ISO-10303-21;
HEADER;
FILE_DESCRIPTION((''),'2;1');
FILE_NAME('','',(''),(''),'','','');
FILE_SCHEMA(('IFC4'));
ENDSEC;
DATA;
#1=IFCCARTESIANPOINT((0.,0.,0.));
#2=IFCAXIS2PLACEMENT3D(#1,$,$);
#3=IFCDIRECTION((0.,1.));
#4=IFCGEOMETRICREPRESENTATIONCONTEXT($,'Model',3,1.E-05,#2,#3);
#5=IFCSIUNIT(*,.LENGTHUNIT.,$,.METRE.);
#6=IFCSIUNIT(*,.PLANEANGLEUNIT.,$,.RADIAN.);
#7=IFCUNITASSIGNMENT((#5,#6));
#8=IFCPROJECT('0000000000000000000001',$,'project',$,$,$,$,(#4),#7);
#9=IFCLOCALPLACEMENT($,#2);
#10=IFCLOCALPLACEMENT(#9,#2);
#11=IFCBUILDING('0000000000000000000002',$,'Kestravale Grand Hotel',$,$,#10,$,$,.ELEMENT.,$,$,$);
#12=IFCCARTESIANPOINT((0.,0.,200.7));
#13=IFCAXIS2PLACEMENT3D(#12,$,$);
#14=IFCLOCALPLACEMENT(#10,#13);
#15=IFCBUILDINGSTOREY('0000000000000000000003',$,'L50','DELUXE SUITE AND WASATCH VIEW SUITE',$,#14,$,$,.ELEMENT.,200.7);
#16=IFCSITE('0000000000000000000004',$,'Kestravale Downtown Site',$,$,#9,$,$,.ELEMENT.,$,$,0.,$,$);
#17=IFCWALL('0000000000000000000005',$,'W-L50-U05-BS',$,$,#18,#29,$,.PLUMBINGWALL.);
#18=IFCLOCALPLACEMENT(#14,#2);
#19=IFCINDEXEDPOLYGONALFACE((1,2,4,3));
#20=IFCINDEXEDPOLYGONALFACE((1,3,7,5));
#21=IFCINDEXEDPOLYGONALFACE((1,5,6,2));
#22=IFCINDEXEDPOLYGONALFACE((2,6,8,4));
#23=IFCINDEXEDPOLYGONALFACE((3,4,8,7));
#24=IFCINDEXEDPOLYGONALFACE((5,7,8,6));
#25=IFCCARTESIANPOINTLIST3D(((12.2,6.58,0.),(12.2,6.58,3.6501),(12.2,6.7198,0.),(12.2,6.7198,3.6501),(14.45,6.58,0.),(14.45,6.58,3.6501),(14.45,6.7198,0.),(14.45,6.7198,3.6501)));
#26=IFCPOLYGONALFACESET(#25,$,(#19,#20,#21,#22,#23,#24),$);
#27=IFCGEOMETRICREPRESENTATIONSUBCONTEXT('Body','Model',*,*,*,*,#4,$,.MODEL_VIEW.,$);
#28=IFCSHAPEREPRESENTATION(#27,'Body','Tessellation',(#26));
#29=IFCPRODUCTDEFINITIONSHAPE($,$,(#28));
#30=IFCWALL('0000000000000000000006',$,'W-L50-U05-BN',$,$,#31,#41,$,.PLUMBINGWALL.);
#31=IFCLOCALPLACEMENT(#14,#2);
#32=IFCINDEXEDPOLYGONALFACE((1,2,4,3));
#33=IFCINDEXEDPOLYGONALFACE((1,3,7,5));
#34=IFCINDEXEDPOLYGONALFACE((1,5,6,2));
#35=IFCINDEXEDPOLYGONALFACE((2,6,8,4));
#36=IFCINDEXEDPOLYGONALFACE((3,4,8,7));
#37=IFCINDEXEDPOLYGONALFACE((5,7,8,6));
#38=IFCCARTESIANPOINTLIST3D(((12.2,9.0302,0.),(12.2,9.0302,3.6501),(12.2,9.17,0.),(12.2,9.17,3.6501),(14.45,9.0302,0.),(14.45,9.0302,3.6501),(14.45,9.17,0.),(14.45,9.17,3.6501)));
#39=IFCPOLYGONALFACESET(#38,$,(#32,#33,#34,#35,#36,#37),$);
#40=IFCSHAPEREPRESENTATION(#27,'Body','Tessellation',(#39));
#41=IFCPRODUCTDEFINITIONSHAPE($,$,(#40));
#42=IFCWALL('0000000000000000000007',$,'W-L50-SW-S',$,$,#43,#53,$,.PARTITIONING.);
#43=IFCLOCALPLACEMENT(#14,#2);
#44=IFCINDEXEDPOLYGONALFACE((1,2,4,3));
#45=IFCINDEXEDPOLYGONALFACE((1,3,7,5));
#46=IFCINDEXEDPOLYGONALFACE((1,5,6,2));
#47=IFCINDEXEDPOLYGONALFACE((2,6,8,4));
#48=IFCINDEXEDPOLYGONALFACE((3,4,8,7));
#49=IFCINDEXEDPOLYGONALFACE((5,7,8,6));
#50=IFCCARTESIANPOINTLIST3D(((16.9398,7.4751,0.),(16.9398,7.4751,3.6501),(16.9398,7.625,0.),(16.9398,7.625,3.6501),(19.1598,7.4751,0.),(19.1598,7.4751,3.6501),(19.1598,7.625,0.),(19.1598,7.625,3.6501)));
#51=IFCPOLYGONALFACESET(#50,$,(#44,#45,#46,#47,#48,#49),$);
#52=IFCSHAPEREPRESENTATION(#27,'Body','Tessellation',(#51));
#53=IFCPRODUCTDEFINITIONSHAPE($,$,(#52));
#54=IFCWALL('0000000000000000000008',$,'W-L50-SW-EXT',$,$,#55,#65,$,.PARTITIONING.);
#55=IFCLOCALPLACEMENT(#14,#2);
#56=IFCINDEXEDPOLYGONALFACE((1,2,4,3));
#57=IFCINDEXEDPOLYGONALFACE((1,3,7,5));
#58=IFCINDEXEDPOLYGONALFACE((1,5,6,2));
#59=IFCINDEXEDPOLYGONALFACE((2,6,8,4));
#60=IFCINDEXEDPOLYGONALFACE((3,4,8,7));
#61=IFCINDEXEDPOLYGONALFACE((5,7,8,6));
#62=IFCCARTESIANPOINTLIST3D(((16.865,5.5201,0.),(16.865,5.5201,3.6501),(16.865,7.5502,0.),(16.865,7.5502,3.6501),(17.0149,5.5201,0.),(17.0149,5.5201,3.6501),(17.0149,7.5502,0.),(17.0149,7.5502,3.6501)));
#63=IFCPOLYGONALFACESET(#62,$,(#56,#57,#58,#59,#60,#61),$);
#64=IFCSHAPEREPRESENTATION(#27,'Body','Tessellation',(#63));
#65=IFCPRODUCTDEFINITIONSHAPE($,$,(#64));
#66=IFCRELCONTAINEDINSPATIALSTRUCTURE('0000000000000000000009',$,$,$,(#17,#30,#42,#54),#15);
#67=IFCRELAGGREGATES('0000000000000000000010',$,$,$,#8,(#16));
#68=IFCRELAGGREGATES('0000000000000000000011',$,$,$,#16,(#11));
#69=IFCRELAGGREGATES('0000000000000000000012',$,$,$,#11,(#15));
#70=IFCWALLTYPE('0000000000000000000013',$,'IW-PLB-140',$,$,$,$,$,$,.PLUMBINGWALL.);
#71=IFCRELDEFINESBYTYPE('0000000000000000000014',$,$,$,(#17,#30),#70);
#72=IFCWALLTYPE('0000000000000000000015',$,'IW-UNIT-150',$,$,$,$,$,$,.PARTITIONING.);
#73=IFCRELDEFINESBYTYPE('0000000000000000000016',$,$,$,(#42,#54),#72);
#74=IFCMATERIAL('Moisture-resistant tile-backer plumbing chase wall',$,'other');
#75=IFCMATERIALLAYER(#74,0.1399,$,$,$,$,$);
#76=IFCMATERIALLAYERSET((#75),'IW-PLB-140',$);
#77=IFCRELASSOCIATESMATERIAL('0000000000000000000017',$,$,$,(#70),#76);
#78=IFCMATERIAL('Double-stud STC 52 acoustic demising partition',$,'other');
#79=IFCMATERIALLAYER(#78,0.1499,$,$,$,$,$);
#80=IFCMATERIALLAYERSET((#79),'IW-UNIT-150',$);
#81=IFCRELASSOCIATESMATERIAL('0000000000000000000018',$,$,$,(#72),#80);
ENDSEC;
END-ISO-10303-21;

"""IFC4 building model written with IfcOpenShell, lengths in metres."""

from ifc_helpers import new_model, si_unit, direction, frame, frame_2d, origin, place, context, subcontext, project, spatial, rectangle, extrude, material, layer, layer_set, type_object, element, save


model = new_model("IFC4")

# Units and contexts
model_context = context("Model", 3, precision=1e-05, world=origin(), true_north=direction((0.0, 1.0)))
body_context = subcontext(model_context, "Body", "Model", "MODEL_VIEW")
ifc_project = project(units=[si_unit("LENGTHUNIT", "METRE"), si_unit("PLANEANGLEUNIT", "RADIAN")], contexts=[model_context])

# Site, building, storey
site_placement = place(None, origin())
site = spatial("IfcSite", under=ifc_project, at=site_placement, Name="Kestravale Downtown Site", CompositionType="ELEMENT", RefElevation=0.0)
building_placement = place(site_placement, origin())
building = spatial("IfcBuilding", under=site, at=building_placement, Name="Kestravale Grand Hotel", CompositionType="ELEMENT")
storey_placement = place(building_placement, frame((0.0, 0.0, 200.7)))
storey = spatial("IfcBuildingStorey", under=building, at=storey_placement, Name="L50", Description="DELUXE SUITE AND WASATCH VIEW SUITE", CompositionType="ELEMENT", Elevation=200.7)

# Shared definitions
ifc_material_1 = material(Name="Moisture-resistant tile-backer plumbing chase wall", Category="other")
ifc_layer_1 = layer(ifc_material_1, 0.1399)
ifc_layer_set_1 = layer_set([ifc_layer_1], Name="IW-PLB-140")
wall_type_1 = type_object("IfcWallType", Name="IW-PLB-140", PredefinedType="PLUMBINGWALL", material=ifc_layer_set_1)

# Walls
for number, where, z_axis, x_axis, name in (
    (1, (12.2, 6.6499, 0.0), (0.0, 0.0, 1.0), (1.0, 0.0, 0.0), "W-L50-U05-BS"),
    (2, (12.2, 9.1001, 0.0), (0.0, 0.0, 1.0), (1.0, 0.0, 0.0), "W-L50-U05-BN"),
):
    element("IfcWall", number, at=place(storey_placement, frame(where, z_axis=z_axis, x_axis=x_axis)), inside=storey, type_object=wall_type_1, Name=name, PredefinedType="PLUMBINGWALL", context=body_context, shape_type="SweptSolid", body=[
        extrude(rectangle(XDim=2.25, YDim=0.1399, at=frame_2d((1.125, 0.0))), origin(), (0.0, 0.0, 1.0), 3.6501),
    ])
ifc_material_2 = material(Name="Double-stud STC 52 acoustic demising partition", Category="other")
ifc_layer_2 = layer(ifc_material_2, 0.1499)
ifc_layer_set_2 = layer_set([ifc_layer_2], Name="IW-UNIT-150")
wall_type_2 = type_object("IfcWallType", Name="IW-UNIT-150", PredefinedType="PARTITIONING", material=ifc_layer_set_2)
wall_1_placement = place(storey_placement, frame((16.9399, 7.55, 0.0), z_axis=(0.0, 0.0, 1.0), x_axis=(1.0, 0.0, 0.0)))
element("IfcWall", 3, at=wall_1_placement, inside=storey, type_object=wall_type_2, Name="W-L50-SW-S", PredefinedType="PARTITIONING", context=body_context, shape_type="SweptSolid", body=[
    extrude(rectangle(XDim=2.22, YDim=0.1499, at=frame_2d((1.1099, 0.0))), origin(), (0.0, 0.0, 1.0), 3.6501),
])
wall_2_placement = place(storey_placement, frame((16.9399, 5.52, 0.0), z_axis=(0.0, 0.0, 1.0), x_axis=(0.0, 1.0, 0.0)))
element("IfcWall", 4, at=wall_2_placement, inside=storey, type_object=wall_type_2, Name="W-L50-SW-EXT", PredefinedType="PARTITIONING", context=body_context, shape_type="SweptSolid", body=[
    extrude(rectangle(XDim=2.03, YDim=0.1499, at=frame_2d((1.0151, 0.0))), origin(), (0.0, 0.0, 1.0), 3.6501),
])

save(model, "model.ifc")
